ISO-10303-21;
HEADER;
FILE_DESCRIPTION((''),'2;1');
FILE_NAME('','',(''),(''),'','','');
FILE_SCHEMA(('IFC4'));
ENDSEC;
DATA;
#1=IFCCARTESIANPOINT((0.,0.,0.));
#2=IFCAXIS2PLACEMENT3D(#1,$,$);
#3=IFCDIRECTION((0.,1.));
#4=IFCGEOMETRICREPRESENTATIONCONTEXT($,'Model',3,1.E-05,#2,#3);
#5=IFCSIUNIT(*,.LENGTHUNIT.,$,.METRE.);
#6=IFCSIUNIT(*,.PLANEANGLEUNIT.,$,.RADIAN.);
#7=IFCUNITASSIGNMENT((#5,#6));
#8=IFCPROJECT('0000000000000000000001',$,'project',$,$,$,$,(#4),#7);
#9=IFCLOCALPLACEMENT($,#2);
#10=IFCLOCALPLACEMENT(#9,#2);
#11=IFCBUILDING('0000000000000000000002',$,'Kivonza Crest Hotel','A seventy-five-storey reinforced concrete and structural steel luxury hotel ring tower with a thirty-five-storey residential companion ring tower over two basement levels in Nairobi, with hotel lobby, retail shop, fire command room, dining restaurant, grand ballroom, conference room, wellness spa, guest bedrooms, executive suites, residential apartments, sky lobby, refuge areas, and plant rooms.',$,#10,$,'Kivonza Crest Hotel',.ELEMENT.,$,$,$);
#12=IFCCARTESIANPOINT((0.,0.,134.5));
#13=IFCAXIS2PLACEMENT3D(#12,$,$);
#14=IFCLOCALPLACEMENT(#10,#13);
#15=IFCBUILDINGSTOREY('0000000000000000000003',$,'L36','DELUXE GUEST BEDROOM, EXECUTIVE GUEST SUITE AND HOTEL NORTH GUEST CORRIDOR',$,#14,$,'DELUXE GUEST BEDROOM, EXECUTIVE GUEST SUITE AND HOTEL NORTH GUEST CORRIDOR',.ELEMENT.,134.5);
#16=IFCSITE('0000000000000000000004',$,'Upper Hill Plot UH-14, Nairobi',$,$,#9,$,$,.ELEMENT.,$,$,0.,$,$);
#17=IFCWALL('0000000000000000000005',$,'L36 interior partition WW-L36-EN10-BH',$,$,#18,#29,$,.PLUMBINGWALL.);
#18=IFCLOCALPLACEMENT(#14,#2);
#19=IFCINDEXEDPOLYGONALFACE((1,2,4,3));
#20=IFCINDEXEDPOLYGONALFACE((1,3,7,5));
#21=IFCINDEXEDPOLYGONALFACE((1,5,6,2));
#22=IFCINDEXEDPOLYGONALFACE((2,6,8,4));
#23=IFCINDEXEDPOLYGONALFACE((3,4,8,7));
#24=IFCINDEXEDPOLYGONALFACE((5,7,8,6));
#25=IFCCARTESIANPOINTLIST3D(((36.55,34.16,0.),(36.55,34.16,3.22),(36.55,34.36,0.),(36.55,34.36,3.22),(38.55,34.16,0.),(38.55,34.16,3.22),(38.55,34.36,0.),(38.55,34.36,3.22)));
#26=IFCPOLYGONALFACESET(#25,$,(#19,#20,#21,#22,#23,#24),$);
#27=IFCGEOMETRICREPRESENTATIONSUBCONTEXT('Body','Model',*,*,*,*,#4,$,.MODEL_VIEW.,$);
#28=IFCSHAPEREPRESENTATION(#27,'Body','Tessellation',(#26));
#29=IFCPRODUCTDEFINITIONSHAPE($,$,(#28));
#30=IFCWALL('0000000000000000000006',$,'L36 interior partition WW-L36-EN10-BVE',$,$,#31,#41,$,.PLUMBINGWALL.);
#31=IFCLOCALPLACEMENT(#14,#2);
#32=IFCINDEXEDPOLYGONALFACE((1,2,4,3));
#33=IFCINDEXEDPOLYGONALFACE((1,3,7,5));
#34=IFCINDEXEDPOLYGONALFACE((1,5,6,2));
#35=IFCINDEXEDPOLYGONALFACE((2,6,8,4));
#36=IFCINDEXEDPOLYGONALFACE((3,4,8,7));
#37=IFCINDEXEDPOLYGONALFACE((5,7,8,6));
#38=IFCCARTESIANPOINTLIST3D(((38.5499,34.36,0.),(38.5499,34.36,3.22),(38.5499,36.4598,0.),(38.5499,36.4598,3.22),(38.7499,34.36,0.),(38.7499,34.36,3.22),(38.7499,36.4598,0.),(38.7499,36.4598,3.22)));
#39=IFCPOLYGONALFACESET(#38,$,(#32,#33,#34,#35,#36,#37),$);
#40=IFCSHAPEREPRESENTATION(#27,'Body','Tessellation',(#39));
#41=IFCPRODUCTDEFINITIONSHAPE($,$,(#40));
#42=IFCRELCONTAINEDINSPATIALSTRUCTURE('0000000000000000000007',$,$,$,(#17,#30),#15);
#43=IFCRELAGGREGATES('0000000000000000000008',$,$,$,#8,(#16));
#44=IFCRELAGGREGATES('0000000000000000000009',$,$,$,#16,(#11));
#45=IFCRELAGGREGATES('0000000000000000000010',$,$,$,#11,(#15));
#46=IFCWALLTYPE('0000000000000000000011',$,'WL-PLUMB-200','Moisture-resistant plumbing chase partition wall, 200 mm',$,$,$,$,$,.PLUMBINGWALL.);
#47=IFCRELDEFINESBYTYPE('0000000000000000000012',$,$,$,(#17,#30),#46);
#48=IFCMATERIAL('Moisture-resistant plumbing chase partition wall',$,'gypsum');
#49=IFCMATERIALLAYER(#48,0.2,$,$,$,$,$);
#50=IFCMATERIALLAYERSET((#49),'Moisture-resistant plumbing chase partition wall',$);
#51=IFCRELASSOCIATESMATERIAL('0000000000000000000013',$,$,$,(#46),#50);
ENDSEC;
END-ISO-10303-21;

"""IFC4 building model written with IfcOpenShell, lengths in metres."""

from ifc_helpers import new_model, si_unit, direction, frame, frame_2d, origin, place, context, subcontext, project, spatial, rectangle, extrude, material, layer, layer_set, type_object, element, save


model = new_model("IFC4")

# Units and contexts
model_context = context("Model", 3, precision=1e-05, world=origin(), true_north=direction((0.0, 1.0)))
body_context = subcontext(model_context, "Body", "Model", "MODEL_VIEW")
ifc_project = project(units=[si_unit("LENGTHUNIT", "METRE"), si_unit("PLANEANGLEUNIT", "RADIAN")], contexts=[model_context])

# Site, building, storey
site_placement = place(None, origin())
site = spatial("IfcSite", under=ifc_project, at=site_placement, Name="Upper Hill Plot UH-14, Nairobi", CompositionType="ELEMENT", RefElevation=0.0)
building_placement = place(site_placement, origin())
building = spatial("IfcBuilding", under=site, at=building_placement, Name="Kivonza Crest Hotel", Description="A seventy-five-storey reinforced concrete and structural steel luxury hotel ring tower with a thirty-five-storey residential companion ring tower over two basement levels in Nairobi, with hotel lobby, retail shop, fire command room, dining restaurant, grand ballroom, conference room, wellness spa, guest bedrooms, executive suites, residential apartments, sky lobby, refuge areas, and plant rooms.", LongName="Kivonza Crest Hotel", CompositionType="ELEMENT")
storey_placement = place(building_placement, frame((0.0, 0.0, 134.5)))
storey = spatial("IfcBuildingStorey", under=building, at=storey_placement, Name="L36", Description="DELUXE GUEST BEDROOM, EXECUTIVE GUEST SUITE AND HOTEL NORTH GUEST CORRIDOR", LongName="DELUXE GUEST BEDROOM, EXECUTIVE GUEST SUITE AND HOTEL NORTH GUEST CORRIDOR", CompositionType="ELEMENT", Elevation=134.5)

# Shared definitions
ifc_material_1 = material(Name="Moisture-resistant plumbing chase partition wall", Category="gypsum")
ifc_layer_1 = layer(ifc_material_1, 0.2)
ifc_layer_set_1 = layer_set([ifc_layer_1], Name="Moisture-resistant plumbing chase partition wall")
wall_type_1 = type_object("IfcWallType", Name="WL-PLUMB-200", Description="Moisture-resistant plumbing chase partition wall, 200 mm", PredefinedType="PLUMBINGWALL", material=ifc_layer_set_1)

# Walls
wall_1_placement = place(storey_placement, frame((36.55, 34.26, 0.0), z_axis=(0.0, 0.0, 1.0), x_axis=(1.0, 0.0, 0.0)))
element("IfcWall", 1, at=wall_1_placement, inside=storey, type_object=wall_type_1, Name="L36 interior partition WW-L36-EN10-BH", PredefinedType="PLUMBINGWALL", context=body_context, shape_type="SweptSolid", body=[
    extrude(rectangle(XDim=2.0, YDim=0.2, at=frame_2d((1.0, 0.0))), origin(), (0.0, 0.0, 1.0), 3.22),
])
wall_2_placement = place(storey_placement, frame((38.6499, 34.3601, 0.0), z_axis=(0.0, 0.0, 1.0), x_axis=(0.0, 1.0, 0.0)))
element("IfcWall", 2, at=wall_2_placement, inside=storey, type_object=wall_type_1, Name="L36 interior partition WW-L36-EN10-BVE", PredefinedType="PLUMBINGWALL", context=body_context, shape_type="SweptSolid", body=[
    extrude(rectangle(XDim=2.0999, YDim=0.2, at=frame_2d((1.0498, 0.0))), origin(), (0.0, 0.0, 1.0), 3.22),
])

save(model, "model.ifc")
